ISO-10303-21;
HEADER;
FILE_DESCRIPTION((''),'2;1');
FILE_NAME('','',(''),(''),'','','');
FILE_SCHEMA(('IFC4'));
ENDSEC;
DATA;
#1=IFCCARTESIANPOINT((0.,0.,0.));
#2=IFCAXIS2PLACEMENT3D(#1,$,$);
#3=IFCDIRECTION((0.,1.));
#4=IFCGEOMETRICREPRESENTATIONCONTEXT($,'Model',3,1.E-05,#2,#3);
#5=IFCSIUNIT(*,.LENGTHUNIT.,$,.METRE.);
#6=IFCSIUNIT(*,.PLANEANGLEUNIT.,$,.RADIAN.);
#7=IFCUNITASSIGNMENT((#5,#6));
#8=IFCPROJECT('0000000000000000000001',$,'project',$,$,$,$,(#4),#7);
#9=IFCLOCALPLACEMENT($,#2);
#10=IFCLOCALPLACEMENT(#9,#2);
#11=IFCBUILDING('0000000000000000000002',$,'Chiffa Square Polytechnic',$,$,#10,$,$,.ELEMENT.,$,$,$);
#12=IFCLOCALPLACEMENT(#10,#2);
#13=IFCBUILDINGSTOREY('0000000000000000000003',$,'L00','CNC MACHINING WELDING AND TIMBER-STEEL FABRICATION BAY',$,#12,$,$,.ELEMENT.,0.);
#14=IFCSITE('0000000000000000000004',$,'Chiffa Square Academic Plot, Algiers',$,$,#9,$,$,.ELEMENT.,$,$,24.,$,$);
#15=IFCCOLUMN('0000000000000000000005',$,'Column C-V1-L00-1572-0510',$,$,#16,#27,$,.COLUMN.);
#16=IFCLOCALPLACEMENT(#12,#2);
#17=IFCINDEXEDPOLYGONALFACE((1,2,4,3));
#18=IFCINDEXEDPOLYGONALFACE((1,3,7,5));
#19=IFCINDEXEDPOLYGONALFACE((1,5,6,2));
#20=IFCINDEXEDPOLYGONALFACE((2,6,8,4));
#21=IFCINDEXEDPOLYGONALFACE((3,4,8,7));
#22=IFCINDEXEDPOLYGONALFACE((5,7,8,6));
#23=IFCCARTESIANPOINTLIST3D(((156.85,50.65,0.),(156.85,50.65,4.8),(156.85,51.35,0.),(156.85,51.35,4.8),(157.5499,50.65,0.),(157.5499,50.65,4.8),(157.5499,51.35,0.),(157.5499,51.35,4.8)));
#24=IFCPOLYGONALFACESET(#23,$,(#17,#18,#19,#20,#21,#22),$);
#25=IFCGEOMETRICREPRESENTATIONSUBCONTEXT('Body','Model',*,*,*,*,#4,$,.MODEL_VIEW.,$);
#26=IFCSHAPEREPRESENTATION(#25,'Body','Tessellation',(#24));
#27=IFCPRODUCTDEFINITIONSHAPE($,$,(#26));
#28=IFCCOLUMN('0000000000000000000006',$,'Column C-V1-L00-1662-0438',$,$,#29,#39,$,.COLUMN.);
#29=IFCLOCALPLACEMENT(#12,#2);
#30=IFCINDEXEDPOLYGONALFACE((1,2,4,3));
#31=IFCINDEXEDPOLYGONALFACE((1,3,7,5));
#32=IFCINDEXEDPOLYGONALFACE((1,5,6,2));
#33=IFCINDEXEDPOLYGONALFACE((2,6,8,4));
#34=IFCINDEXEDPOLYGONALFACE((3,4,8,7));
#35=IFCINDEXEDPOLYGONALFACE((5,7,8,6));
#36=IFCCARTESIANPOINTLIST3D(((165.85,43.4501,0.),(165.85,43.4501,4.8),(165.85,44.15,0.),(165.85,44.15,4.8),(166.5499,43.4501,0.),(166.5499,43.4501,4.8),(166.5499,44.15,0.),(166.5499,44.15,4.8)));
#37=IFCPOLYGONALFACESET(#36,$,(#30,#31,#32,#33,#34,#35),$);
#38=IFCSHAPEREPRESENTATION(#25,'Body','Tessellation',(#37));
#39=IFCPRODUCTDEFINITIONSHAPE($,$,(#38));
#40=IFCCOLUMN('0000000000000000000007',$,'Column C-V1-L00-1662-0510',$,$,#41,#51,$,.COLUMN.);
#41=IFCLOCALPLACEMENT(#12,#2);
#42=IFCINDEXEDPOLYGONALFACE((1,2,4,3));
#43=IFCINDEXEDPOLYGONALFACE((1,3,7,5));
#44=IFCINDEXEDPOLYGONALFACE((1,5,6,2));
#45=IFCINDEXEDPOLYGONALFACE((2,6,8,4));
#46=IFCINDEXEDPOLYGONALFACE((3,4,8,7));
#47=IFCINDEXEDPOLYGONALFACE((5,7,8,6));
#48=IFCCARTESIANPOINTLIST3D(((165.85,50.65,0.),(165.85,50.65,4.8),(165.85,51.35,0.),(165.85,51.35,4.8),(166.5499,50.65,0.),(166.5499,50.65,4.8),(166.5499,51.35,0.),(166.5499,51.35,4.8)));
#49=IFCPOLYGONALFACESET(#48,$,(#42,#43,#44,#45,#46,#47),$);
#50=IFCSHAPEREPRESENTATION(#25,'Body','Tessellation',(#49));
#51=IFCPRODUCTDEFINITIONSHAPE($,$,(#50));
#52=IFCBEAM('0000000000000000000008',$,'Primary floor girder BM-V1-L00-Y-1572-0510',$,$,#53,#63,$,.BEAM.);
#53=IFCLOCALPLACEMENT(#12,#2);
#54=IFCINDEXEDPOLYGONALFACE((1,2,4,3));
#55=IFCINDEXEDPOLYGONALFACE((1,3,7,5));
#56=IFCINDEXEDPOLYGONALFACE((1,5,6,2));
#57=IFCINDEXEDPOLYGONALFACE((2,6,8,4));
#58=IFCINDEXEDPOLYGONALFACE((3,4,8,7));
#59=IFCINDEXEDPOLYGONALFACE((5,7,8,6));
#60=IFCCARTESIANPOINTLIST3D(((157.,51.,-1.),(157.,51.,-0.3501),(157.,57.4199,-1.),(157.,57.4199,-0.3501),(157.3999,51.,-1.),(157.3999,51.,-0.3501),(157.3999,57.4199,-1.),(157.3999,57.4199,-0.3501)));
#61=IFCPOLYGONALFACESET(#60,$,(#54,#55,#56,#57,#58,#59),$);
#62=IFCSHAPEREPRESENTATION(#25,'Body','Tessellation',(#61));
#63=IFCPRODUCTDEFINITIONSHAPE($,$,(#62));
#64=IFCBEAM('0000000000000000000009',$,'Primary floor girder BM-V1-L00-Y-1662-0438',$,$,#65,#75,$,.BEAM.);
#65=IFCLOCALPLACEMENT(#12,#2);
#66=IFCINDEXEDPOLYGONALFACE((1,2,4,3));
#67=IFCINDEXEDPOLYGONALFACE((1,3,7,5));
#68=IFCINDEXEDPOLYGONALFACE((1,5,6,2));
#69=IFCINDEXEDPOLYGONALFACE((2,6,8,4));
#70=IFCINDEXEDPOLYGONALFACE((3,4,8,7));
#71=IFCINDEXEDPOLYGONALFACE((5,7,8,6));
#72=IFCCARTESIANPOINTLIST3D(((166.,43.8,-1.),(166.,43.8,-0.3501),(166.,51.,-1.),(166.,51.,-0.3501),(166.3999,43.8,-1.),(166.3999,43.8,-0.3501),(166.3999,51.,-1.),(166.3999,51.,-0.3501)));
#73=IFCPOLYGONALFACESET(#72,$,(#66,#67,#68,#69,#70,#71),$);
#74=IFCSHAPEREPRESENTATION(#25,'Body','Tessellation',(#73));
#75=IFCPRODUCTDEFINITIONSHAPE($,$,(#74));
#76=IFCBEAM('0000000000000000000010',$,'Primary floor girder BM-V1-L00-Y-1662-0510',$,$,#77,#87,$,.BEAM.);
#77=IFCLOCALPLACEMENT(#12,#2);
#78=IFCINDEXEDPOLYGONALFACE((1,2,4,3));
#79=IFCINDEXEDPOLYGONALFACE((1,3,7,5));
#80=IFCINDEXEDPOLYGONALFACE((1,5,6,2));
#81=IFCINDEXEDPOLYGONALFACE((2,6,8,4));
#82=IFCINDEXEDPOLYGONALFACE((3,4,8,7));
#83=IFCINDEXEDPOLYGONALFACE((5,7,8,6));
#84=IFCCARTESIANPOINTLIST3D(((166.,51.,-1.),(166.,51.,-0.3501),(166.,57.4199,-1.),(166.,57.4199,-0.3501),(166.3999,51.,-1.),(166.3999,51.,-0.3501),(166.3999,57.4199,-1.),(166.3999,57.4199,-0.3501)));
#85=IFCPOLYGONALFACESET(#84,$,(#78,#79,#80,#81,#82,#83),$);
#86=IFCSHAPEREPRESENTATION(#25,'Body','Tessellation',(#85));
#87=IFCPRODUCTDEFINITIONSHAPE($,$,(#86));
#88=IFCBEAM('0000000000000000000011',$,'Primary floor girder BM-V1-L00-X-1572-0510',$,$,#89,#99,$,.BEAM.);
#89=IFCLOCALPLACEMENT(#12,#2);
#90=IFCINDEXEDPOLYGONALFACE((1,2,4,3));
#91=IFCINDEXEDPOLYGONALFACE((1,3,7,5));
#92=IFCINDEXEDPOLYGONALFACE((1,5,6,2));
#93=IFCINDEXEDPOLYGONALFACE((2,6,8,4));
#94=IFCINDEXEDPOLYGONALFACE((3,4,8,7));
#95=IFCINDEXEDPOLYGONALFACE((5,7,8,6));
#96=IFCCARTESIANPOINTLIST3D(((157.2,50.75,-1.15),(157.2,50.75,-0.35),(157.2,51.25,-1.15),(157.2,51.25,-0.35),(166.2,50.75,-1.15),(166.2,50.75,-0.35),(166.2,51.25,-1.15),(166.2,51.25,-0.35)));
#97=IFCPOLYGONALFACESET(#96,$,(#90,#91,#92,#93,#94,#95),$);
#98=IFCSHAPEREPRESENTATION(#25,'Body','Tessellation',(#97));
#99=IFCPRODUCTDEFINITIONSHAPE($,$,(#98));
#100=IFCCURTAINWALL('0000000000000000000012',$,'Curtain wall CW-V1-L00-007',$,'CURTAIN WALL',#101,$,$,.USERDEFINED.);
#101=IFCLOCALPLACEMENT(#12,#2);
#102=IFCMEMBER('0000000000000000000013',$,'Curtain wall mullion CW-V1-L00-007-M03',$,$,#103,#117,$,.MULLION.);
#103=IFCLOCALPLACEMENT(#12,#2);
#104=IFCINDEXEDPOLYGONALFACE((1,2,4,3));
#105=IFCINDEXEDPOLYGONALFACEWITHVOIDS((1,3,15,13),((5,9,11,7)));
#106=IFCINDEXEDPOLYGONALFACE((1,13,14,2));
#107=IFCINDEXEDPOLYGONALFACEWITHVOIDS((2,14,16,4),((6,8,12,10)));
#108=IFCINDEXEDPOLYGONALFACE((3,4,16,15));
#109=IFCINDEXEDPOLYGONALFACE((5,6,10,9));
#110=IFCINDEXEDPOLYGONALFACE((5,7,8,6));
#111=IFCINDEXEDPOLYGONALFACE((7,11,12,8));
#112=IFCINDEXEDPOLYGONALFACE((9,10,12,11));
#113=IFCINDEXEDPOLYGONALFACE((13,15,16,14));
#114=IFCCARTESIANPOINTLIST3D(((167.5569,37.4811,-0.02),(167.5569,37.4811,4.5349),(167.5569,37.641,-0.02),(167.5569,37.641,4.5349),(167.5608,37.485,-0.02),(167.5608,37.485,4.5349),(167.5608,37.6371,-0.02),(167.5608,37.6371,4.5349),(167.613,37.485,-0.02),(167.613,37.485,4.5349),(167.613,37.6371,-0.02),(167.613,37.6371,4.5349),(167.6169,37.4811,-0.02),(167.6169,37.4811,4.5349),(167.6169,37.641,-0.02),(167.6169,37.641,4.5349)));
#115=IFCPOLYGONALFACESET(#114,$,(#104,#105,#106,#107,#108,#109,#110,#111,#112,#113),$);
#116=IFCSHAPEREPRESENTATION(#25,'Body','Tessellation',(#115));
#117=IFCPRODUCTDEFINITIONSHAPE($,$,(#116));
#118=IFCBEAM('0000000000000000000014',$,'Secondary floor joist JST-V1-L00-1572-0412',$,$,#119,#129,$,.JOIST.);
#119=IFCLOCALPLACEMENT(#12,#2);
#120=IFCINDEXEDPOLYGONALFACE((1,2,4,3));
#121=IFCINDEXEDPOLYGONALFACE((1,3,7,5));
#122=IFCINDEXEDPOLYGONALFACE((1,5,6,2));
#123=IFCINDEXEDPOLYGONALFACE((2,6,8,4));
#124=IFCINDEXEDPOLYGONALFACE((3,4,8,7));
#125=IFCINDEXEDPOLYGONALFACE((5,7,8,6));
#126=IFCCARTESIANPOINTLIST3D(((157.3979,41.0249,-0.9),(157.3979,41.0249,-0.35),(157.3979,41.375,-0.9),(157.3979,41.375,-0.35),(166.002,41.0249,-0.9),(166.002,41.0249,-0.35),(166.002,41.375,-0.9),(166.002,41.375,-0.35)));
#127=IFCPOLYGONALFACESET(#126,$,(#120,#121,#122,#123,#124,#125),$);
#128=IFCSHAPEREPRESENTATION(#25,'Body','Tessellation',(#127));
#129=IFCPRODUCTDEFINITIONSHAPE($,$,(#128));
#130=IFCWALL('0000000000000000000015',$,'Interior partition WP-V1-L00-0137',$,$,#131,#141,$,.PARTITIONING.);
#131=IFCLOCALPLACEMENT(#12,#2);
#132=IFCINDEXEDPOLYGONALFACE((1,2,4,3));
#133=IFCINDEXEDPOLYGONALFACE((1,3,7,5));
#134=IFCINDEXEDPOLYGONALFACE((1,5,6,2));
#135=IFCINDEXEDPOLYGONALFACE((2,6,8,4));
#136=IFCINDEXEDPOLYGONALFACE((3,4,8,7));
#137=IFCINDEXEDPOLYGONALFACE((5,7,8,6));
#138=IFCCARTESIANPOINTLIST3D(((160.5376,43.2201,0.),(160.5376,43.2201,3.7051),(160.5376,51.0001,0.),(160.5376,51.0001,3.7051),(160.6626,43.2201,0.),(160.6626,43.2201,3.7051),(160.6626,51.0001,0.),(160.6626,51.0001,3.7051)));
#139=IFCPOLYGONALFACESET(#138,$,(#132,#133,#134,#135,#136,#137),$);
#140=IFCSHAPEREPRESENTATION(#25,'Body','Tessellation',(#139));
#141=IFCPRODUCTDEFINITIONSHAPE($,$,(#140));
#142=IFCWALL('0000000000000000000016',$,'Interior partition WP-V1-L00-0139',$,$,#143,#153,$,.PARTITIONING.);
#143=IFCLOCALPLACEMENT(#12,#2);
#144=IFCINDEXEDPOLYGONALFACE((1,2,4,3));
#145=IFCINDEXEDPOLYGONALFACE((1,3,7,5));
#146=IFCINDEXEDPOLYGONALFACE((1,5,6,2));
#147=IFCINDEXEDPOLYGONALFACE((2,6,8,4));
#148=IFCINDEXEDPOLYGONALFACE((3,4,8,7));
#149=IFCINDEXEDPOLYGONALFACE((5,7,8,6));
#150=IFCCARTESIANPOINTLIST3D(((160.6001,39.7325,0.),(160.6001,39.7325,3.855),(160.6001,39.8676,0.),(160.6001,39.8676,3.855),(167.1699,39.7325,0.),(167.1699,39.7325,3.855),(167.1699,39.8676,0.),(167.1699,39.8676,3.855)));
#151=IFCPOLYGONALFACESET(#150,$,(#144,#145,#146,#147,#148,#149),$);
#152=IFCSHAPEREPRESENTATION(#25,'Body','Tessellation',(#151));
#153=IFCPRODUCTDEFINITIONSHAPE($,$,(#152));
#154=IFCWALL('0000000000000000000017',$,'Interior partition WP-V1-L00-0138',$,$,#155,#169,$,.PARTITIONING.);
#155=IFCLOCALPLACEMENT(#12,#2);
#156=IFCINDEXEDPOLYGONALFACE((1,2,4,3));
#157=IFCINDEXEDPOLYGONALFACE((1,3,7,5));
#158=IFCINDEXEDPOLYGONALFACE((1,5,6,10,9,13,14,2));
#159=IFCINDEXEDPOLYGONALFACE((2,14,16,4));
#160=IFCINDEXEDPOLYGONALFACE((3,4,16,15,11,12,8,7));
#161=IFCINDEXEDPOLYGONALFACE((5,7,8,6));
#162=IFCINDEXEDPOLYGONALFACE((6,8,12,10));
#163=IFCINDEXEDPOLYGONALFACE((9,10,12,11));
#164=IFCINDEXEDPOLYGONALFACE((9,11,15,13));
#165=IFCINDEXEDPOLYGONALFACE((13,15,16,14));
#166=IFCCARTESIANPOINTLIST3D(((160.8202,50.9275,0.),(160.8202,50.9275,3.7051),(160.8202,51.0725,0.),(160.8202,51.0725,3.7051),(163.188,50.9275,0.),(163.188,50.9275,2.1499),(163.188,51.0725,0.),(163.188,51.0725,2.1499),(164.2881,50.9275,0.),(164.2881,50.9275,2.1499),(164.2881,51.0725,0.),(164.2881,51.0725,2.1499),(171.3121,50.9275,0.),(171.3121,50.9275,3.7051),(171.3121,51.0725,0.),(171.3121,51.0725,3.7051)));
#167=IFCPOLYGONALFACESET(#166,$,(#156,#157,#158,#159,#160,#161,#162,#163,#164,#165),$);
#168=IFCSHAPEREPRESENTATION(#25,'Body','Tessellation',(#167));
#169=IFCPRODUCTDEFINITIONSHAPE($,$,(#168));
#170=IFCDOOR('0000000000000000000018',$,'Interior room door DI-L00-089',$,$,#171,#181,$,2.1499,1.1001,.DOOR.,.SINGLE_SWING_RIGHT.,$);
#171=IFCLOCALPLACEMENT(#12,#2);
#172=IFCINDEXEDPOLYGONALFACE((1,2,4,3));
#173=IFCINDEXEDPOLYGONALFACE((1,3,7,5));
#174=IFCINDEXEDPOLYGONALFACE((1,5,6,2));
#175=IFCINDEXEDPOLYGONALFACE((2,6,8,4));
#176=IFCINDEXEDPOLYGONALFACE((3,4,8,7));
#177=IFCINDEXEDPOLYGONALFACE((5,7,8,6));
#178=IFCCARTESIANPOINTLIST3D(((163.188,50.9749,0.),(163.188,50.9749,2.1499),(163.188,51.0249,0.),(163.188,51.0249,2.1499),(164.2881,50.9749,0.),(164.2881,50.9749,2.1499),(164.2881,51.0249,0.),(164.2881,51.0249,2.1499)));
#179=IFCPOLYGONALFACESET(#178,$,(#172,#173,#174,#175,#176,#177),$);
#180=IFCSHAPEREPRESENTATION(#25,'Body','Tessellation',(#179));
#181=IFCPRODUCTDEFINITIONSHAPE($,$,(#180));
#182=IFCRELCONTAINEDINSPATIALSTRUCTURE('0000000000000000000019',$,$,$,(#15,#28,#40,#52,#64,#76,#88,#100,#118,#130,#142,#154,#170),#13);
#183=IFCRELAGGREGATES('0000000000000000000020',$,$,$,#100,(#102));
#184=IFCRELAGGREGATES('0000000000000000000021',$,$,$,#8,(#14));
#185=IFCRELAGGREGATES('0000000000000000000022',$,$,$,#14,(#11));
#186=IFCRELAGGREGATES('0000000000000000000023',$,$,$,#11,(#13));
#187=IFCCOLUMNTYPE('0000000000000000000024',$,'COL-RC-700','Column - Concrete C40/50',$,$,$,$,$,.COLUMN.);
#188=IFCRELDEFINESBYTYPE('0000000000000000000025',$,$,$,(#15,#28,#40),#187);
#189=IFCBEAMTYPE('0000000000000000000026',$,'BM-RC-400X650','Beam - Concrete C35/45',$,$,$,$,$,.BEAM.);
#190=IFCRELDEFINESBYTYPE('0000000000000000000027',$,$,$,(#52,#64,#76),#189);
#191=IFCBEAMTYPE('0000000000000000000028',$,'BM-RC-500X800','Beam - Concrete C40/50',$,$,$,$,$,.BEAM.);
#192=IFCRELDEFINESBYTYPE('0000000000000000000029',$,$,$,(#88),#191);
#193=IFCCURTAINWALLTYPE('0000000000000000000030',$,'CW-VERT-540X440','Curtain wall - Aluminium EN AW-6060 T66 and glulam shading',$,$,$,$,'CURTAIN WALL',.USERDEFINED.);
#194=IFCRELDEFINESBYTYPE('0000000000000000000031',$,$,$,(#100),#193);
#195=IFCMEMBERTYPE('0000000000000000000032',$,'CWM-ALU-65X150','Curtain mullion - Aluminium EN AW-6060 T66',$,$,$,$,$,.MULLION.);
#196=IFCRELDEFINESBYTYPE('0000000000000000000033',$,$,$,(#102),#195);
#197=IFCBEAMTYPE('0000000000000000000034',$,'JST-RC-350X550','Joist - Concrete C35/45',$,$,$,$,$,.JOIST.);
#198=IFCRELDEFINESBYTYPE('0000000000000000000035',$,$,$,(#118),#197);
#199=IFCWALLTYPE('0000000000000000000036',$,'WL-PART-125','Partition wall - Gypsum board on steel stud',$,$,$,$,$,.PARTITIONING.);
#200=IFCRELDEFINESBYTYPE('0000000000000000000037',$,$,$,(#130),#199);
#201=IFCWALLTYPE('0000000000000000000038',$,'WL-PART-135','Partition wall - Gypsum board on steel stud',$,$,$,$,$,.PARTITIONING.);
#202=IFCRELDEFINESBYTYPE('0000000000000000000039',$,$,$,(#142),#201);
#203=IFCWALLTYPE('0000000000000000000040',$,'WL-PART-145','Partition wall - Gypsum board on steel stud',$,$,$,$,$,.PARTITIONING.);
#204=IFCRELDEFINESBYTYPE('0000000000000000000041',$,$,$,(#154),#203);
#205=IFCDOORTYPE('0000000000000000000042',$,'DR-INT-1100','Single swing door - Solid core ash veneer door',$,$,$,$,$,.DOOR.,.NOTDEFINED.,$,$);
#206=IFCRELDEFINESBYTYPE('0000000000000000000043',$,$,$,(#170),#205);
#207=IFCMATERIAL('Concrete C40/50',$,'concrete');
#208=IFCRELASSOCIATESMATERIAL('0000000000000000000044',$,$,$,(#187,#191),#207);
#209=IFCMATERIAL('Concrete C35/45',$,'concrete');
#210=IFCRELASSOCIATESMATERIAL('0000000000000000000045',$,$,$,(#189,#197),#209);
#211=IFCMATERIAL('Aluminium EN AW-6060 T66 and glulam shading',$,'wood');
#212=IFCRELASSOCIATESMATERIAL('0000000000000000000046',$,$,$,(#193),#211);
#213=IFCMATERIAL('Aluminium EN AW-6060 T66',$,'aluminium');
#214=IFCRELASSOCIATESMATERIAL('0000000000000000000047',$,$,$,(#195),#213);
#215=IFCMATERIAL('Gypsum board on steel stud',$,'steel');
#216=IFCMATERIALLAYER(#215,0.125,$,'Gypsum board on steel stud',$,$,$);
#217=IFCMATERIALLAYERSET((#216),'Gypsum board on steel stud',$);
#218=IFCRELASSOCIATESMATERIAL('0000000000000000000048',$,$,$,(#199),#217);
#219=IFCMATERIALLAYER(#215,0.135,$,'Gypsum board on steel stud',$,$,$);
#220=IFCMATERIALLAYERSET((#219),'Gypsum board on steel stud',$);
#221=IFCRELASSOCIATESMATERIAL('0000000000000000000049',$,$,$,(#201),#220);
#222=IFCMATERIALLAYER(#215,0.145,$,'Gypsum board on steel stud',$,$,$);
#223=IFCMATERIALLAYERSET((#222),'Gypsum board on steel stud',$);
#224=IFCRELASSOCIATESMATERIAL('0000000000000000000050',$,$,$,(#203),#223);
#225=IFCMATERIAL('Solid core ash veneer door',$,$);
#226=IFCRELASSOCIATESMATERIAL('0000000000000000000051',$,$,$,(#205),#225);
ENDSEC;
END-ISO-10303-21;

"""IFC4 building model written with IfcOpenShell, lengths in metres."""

from ifc_helpers import new_model, si_unit, direction, frame, frame_2d, origin, origin_2d, place, context, subcontext, project, spatial, rectangle, hollow_rectangle, extrude, material, layer, layer_set, material_profile, profile_set, type_object, element, fill, aggregate, save


model = new_model("IFC4")

# Units and contexts
model_context = context("Model", 3, precision=1e-05, world=origin(), true_north=direction((0.0, 1.0)))
body_context = subcontext(model_context, "Body", "Model", "MODEL_VIEW")
ifc_project = project(units=[si_unit("LENGTHUNIT", "METRE"), si_unit("PLANEANGLEUNIT", "RADIAN")], contexts=[model_context])

# Site, building, storey
site_placement = place(None, origin())
site = spatial("IfcSite", under=ifc_project, at=site_placement, Name="Chiffa Square Academic Plot, Algiers", CompositionType="ELEMENT", RefElevation=24.0)
building_placement = place(site_placement, origin())
building = spatial("IfcBuilding", under=site, at=building_placement, Name="Chiffa Square Polytechnic", CompositionType="ELEMENT")
storey_placement = place(building_placement, origin())
storey = spatial("IfcBuildingStorey", under=building, at=storey_placement, Name="L00", Description="CNC MACHINING WELDING AND TIMBER-STEEL FABRICATION BAY", CompositionType="ELEMENT", Elevation=0.0)

# Columns
ifc_material_1 = material(Name="Concrete C40/50", Category="concrete")
ifc_material_profile_1 = material_profile(ifc_material_1, rectangle(XDim=0.7, YDim=0.7, at=origin_2d()), Name="RC 700x700")
ifc_profile_set_1 = profile_set([ifc_material_profile_1], Name="Concrete C40/50")
column_type = type_object("IfcColumnType", Name="COL-RC-700", Description="Column - Concrete C40/50", PredefinedType="COLUMN", material=ifc_profile_set_1)
for number, where, z_axis, x_axis, name in (
    (1, (157.2, 51.0, 0.0), (0.0, 0.0, 1.0), (1.0, 0.0, 0.0), "Column C-V1-L00-1572-0510"),
    (2, (166.2, 43.8, 0.0), (0.0, 0.0, 1.0), (1.0, 0.0, 0.0), "Column C-V1-L00-1662-0438"),
    (3, (166.2, 51.0, 0.0), (0.0, 0.0, 1.0), (1.0, 0.0, 0.0), "Column C-V1-L00-1662-0510"),
):
    element("IfcColumn", number, at=place(storey_placement, frame(where, z_axis=z_axis, x_axis=x_axis)), inside=storey, type_object=column_type, Name=name, PredefinedType="COLUMN", context=body_context, shape_type="SweptSolid", body=[
        extrude(rectangle(XDim=0.7, YDim=0.7, at=origin_2d()), origin(), (0.0, 0.0, 1.0), 4.8),
    ])

# Beams
ifc_material_2 = material(Name="Concrete C35/45", Category="concrete")
ifc_material_profile_2 = material_profile(ifc_material_2, rectangle(XDim=0.3999, YDim=0.6499, at=origin_2d()), Name="RC 400x650")
ifc_profile_set_2 = profile_set([ifc_material_profile_2], Name="Concrete C35/45")
beam_type_1 = type_object("IfcBeamType", Name="BM-RC-400X650", Description="Beam - Concrete C35/45", PredefinedType="BEAM", material=ifc_profile_set_2)
beam_1_placement = place(storey_placement, frame((157.2, 51.0, -0.675), z_axis=(0.0, 1.0, 0.0), x_axis=(-1.0, 0.0, 0.0)))
element("IfcBeam", 4, at=beam_1_placement, inside=storey, type_object=beam_type_1, Name="Primary floor girder BM-V1-L00-Y-1572-0510", PredefinedType="BEAM", context=body_context, shape_type="SweptSolid", body=[
    extrude(rectangle(XDim=0.3999, YDim=0.6499, at=origin_2d()), origin(), (0.0, 0.0, 1.0), 6.4199),
])
beam_2_placement = place(storey_placement, frame((166.2, 43.8, -0.675), z_axis=(0.0, 1.0, 0.0), x_axis=(-1.0, 0.0, 0.0)))
element("IfcBeam", 5, at=beam_2_placement, inside=storey, type_object=beam_type_1, Name="Primary floor girder BM-V1-L00-Y-1662-0438", PredefinedType="BEAM", context=body_context, shape_type="SweptSolid", body=[
    extrude(rectangle(XDim=0.3999, YDim=0.6499, at=origin_2d()), origin(), (0.0, 0.0, 1.0), 7.2),
])
beam_3_placement = place(storey_placement, frame((166.2, 51.0, -0.675), z_axis=(0.0, 1.0, 0.0), x_axis=(-1.0, 0.0, 0.0)))
element("IfcBeam", 6, at=beam_3_placement, inside=storey, type_object=beam_type_1, Name="Primary floor girder BM-V1-L00-Y-1662-0510", PredefinedType="BEAM", context=body_context, shape_type="SweptSolid", body=[
    extrude(rectangle(XDim=0.3999, YDim=0.6499, at=origin_2d()), origin(), (0.0, 0.0, 1.0), 6.4199),
])
ifc_material_profile_3 = material_profile(ifc_material_1, rectangle(XDim=0.5, YDim=0.8, at=origin_2d()), Name="RC 500x800")
ifc_profile_set_3 = profile_set([ifc_material_profile_3], Name="Concrete C40/50")
beam_type_2 = type_object("IfcBeamType", Name="BM-RC-500X800", Description="Beam - Concrete C40/50", PredefinedType="BEAM", material=ifc_profile_set_3)
beam_4_placement = place(storey_placement, frame((157.2, 51.0, -0.75), z_axis=(1.0, 0.0, 0.0), x_axis=(0.0, 1.0, 0.0)))
element("IfcBeam", 7, at=beam_4_placement, inside=storey, type_object=beam_type_2, Name="Primary floor girder BM-V1-L00-X-1572-0510", PredefinedType="BEAM", context=body_context, shape_type="SweptSolid", body=[
    extrude(rectangle(XDim=0.5, YDim=0.8, at=origin_2d()), origin(), (0.0, 0.0, 1.0), 9.0),
])

# Curtain wall, member
ifc_material_3 = material(Name="Aluminium EN AW-6060 T66 and glulam shading", Category="wood")
curtain_wall_type = type_object("IfcCurtainWallType", Name="CW-VERT-540X440", Description="Curtain wall - Aluminium EN AW-6060 T66 and glulam shading", ElementType="CURTAIN WALL", PredefinedType="USERDEFINED", material=ifc_material_3)
curtain_wall_placement = place(storey_placement, origin())
curtain_wall = element("IfcCurtainWall", 8, at=curtain_wall_placement, inside=storey, type_object=curtain_wall_type, Name="Curtain wall CW-V1-L00-007", ObjectType="CURTAIN WALL", PredefinedType="USERDEFINED")
ifc_material_4 = material(Name="Aluminium EN AW-6060 T66", Category="aluminium")
ifc_material_profile_4 = material_profile(ifc_material_4, hollow_rectangle(XDim=0.0601, YDim=0.1599, WallThickness=0.0039, at=origin_2d()), Name="ALU 60x160x4")
ifc_profile_set_4 = profile_set([ifc_material_profile_4], Name="Aluminium EN AW-6060 T66")
member_type = type_object("IfcMemberType", Name="CWM-ALU-65X150", Description="Curtain mullion - Aluminium EN AW-6060 T66", PredefinedType="MULLION", material=ifc_profile_set_4)
member_placement = place(storey_placement, frame((167.5869, 37.561, -0.02), z_axis=(0.0, 0.0, 1.0), x_axis=(1.0, 0.0, 0.0)))
member = element("IfcMember", 9, at=member_placement, type_object=member_type, Name="Curtain wall mullion CW-V1-L00-007-M03", PredefinedType="MULLION", context=body_context, shape_type="SweptSolid", body=[
    extrude(hollow_rectangle(XDim=0.0601, YDim=0.1599, WallThickness=0.0039, at=origin_2d()), origin(), (0.0, 0.0, 1.0), 4.5549),
])
aggregate(curtain_wall, [member])

# Beam
ifc_material_profile_5 = material_profile(ifc_material_2, rectangle(XDim=0.3501, YDim=0.55, at=origin_2d()), Name="RC 350x550")
ifc_profile_set_5 = profile_set([ifc_material_profile_5], Name="Concrete C35/45")
beam_type_3 = type_object("IfcBeamType", Name="JST-RC-350X550", Description="Joist - Concrete C35/45", PredefinedType="JOIST", material=ifc_profile_set_5)
beam_5_placement = place(storey_placement, frame((157.3979, 41.2, -0.625), z_axis=(1.0, 0.0, 0.0), x_axis=(0.0, 1.0, 0.0)))
element("IfcBeam", 10, at=beam_5_placement, inside=storey, type_object=beam_type_3, Name="Secondary floor joist JST-V1-L00-1572-0412", PredefinedType="JOIST", context=body_context, shape_type="SweptSolid", body=[
    extrude(rectangle(XDim=0.3501, YDim=0.55, at=origin_2d()), origin(), (0.0, 0.0, 1.0), 8.604),
])

# Walls
ifc_material_5 = material(Name="Gypsum board on steel stud", Category="steel")
ifc_layer_1 = layer(ifc_material_5, 0.125, Name="Gypsum board on steel stud")
ifc_layer_set_1 = layer_set([ifc_layer_1], Name="Gypsum board on steel stud")
wall_type_1 = type_object("IfcWallType", Name="WL-PART-125", Description="Partition wall - Gypsum board on steel stud", PredefinedType="PARTITIONING", material=ifc_layer_set_1)
wall_1_placement = place(storey_placement, frame((160.6001, 43.22, 0.0), z_axis=(0.0, 0.0, 1.0), x_axis=(0.0, 1.0, 0.0)))
element("IfcWall", 11, at=wall_1_placement, inside=storey, type_object=wall_type_1, Name="Interior partition WP-V1-L00-0137", PredefinedType="PARTITIONING", context=body_context, shape_type="SweptSolid", body=[
    extrude(rectangle(XDim=7.78, YDim=0.125, at=frame_2d((3.8901, 0.0))), origin(), (0.0, 0.0, 1.0), 3.7051),
])
ifc_layer_2 = layer(ifc_material_5, 0.135, Name="Gypsum board on steel stud")
ifc_layer_set_2 = layer_set([ifc_layer_2], Name="Gypsum board on steel stud")
wall_type_2 = type_object("IfcWallType", Name="WL-PART-135", Description="Partition wall - Gypsum board on steel stud", PredefinedType="PARTITIONING", material=ifc_layer_set_2)
wall_2_placement = place(storey_placement, frame((160.6001, 39.8, 0.0), z_axis=(0.0, 0.0, 1.0), x_axis=(1.0, 0.0, 0.0)))
element("IfcWall", 12, at=wall_2_placement, inside=storey, type_object=wall_type_2, Name="Interior partition WP-V1-L00-0139", PredefinedType="PARTITIONING", context=body_context, shape_type="SweptSolid", body=[
    extrude(rectangle(XDim=6.5698, YDim=0.135, at=frame_2d((3.2849, 0.0))), origin(), (0.0, 0.0, 1.0), 3.855),
])

# Wall, opening, door
ifc_layer_3 = layer(ifc_material_5, 0.145, Name="Gypsum board on steel stud")
ifc_layer_set_3 = layer_set([ifc_layer_3], Name="Gypsum board on steel stud")
wall_type_3 = type_object("IfcWallType", Name="WL-PART-145", Description="Partition wall - Gypsum board on steel stud", PredefinedType="PARTITIONING", material=ifc_layer_set_3)
wall_3_placement = place(storey_placement, frame((160.8201, 51.0, 0.0), z_axis=(0.0, 0.0, 1.0), x_axis=(1.0, 0.0, 0.0)))
wall_3 = element("IfcWall", 13, at=wall_3_placement, inside=storey, type_object=wall_type_3, Name="Interior partition WP-V1-L00-0138", PredefinedType="PARTITIONING", context=body_context, shape_type="SweptSolid", body=[
    extrude(rectangle(XDim=10.4919, YDim=0.145, at=frame_2d((5.2461, 0.0))), origin(), (0.0, 0.0, 1.0), 3.7051),
])
opening_1_placement = place(wall_3_placement, frame((2.3679, 0.0, 0.0)))
opening_1 = element("IfcOpeningElement", 14, at=opening_1_placement, cuts=wall_3, PredefinedType="OPENING", context=body_context, shape_type="SweptSolid", body=[
    extrude(rectangle(XDim=1.1001, YDim=2.1499, at=frame_2d((0.55, 1.075))), frame((0.0, 0.0825, 0.0), z_axis=(0.0, -1.0, 0.0), x_axis=(1.0, 0.0, 0.0)), (0.0, 0.0, 1.0), 0.165),
])
ifc_material_6 = material(Name="Solid core ash veneer door")
door_type_1 = type_object("IfcDoorType", Name="DR-INT-1100", Description="Single swing door - Solid core ash veneer door", OperationType="NOTDEFINED", PredefinedType="DOOR", material=ifc_material_6)
door_1_placement = place(opening_1_placement, origin())
door_1 = element("IfcDoor", 15, at=door_1_placement, inside=storey, type_object=door_type_1, Name="Interior room door DI-L00-089", OperationType="SINGLE_SWING_RIGHT", OverallHeight=2.1499, OverallWidth=1.1001, PredefinedType="DOOR", context=body_context, shape_type="SweptSolid", body=[
    extrude(rectangle(XDim=1.1001, YDim=2.1499, at=frame_2d((0.55, 1.075))), frame((0.0, 0.0249, 0.0), z_axis=(0.0, -1.0, 0.0), x_axis=(1.0, 0.0, 0.0)), (0.0, 0.0, 1.0), 0.05),
])
fill(opening_1, door_1)

save(model, "model.ifc")
